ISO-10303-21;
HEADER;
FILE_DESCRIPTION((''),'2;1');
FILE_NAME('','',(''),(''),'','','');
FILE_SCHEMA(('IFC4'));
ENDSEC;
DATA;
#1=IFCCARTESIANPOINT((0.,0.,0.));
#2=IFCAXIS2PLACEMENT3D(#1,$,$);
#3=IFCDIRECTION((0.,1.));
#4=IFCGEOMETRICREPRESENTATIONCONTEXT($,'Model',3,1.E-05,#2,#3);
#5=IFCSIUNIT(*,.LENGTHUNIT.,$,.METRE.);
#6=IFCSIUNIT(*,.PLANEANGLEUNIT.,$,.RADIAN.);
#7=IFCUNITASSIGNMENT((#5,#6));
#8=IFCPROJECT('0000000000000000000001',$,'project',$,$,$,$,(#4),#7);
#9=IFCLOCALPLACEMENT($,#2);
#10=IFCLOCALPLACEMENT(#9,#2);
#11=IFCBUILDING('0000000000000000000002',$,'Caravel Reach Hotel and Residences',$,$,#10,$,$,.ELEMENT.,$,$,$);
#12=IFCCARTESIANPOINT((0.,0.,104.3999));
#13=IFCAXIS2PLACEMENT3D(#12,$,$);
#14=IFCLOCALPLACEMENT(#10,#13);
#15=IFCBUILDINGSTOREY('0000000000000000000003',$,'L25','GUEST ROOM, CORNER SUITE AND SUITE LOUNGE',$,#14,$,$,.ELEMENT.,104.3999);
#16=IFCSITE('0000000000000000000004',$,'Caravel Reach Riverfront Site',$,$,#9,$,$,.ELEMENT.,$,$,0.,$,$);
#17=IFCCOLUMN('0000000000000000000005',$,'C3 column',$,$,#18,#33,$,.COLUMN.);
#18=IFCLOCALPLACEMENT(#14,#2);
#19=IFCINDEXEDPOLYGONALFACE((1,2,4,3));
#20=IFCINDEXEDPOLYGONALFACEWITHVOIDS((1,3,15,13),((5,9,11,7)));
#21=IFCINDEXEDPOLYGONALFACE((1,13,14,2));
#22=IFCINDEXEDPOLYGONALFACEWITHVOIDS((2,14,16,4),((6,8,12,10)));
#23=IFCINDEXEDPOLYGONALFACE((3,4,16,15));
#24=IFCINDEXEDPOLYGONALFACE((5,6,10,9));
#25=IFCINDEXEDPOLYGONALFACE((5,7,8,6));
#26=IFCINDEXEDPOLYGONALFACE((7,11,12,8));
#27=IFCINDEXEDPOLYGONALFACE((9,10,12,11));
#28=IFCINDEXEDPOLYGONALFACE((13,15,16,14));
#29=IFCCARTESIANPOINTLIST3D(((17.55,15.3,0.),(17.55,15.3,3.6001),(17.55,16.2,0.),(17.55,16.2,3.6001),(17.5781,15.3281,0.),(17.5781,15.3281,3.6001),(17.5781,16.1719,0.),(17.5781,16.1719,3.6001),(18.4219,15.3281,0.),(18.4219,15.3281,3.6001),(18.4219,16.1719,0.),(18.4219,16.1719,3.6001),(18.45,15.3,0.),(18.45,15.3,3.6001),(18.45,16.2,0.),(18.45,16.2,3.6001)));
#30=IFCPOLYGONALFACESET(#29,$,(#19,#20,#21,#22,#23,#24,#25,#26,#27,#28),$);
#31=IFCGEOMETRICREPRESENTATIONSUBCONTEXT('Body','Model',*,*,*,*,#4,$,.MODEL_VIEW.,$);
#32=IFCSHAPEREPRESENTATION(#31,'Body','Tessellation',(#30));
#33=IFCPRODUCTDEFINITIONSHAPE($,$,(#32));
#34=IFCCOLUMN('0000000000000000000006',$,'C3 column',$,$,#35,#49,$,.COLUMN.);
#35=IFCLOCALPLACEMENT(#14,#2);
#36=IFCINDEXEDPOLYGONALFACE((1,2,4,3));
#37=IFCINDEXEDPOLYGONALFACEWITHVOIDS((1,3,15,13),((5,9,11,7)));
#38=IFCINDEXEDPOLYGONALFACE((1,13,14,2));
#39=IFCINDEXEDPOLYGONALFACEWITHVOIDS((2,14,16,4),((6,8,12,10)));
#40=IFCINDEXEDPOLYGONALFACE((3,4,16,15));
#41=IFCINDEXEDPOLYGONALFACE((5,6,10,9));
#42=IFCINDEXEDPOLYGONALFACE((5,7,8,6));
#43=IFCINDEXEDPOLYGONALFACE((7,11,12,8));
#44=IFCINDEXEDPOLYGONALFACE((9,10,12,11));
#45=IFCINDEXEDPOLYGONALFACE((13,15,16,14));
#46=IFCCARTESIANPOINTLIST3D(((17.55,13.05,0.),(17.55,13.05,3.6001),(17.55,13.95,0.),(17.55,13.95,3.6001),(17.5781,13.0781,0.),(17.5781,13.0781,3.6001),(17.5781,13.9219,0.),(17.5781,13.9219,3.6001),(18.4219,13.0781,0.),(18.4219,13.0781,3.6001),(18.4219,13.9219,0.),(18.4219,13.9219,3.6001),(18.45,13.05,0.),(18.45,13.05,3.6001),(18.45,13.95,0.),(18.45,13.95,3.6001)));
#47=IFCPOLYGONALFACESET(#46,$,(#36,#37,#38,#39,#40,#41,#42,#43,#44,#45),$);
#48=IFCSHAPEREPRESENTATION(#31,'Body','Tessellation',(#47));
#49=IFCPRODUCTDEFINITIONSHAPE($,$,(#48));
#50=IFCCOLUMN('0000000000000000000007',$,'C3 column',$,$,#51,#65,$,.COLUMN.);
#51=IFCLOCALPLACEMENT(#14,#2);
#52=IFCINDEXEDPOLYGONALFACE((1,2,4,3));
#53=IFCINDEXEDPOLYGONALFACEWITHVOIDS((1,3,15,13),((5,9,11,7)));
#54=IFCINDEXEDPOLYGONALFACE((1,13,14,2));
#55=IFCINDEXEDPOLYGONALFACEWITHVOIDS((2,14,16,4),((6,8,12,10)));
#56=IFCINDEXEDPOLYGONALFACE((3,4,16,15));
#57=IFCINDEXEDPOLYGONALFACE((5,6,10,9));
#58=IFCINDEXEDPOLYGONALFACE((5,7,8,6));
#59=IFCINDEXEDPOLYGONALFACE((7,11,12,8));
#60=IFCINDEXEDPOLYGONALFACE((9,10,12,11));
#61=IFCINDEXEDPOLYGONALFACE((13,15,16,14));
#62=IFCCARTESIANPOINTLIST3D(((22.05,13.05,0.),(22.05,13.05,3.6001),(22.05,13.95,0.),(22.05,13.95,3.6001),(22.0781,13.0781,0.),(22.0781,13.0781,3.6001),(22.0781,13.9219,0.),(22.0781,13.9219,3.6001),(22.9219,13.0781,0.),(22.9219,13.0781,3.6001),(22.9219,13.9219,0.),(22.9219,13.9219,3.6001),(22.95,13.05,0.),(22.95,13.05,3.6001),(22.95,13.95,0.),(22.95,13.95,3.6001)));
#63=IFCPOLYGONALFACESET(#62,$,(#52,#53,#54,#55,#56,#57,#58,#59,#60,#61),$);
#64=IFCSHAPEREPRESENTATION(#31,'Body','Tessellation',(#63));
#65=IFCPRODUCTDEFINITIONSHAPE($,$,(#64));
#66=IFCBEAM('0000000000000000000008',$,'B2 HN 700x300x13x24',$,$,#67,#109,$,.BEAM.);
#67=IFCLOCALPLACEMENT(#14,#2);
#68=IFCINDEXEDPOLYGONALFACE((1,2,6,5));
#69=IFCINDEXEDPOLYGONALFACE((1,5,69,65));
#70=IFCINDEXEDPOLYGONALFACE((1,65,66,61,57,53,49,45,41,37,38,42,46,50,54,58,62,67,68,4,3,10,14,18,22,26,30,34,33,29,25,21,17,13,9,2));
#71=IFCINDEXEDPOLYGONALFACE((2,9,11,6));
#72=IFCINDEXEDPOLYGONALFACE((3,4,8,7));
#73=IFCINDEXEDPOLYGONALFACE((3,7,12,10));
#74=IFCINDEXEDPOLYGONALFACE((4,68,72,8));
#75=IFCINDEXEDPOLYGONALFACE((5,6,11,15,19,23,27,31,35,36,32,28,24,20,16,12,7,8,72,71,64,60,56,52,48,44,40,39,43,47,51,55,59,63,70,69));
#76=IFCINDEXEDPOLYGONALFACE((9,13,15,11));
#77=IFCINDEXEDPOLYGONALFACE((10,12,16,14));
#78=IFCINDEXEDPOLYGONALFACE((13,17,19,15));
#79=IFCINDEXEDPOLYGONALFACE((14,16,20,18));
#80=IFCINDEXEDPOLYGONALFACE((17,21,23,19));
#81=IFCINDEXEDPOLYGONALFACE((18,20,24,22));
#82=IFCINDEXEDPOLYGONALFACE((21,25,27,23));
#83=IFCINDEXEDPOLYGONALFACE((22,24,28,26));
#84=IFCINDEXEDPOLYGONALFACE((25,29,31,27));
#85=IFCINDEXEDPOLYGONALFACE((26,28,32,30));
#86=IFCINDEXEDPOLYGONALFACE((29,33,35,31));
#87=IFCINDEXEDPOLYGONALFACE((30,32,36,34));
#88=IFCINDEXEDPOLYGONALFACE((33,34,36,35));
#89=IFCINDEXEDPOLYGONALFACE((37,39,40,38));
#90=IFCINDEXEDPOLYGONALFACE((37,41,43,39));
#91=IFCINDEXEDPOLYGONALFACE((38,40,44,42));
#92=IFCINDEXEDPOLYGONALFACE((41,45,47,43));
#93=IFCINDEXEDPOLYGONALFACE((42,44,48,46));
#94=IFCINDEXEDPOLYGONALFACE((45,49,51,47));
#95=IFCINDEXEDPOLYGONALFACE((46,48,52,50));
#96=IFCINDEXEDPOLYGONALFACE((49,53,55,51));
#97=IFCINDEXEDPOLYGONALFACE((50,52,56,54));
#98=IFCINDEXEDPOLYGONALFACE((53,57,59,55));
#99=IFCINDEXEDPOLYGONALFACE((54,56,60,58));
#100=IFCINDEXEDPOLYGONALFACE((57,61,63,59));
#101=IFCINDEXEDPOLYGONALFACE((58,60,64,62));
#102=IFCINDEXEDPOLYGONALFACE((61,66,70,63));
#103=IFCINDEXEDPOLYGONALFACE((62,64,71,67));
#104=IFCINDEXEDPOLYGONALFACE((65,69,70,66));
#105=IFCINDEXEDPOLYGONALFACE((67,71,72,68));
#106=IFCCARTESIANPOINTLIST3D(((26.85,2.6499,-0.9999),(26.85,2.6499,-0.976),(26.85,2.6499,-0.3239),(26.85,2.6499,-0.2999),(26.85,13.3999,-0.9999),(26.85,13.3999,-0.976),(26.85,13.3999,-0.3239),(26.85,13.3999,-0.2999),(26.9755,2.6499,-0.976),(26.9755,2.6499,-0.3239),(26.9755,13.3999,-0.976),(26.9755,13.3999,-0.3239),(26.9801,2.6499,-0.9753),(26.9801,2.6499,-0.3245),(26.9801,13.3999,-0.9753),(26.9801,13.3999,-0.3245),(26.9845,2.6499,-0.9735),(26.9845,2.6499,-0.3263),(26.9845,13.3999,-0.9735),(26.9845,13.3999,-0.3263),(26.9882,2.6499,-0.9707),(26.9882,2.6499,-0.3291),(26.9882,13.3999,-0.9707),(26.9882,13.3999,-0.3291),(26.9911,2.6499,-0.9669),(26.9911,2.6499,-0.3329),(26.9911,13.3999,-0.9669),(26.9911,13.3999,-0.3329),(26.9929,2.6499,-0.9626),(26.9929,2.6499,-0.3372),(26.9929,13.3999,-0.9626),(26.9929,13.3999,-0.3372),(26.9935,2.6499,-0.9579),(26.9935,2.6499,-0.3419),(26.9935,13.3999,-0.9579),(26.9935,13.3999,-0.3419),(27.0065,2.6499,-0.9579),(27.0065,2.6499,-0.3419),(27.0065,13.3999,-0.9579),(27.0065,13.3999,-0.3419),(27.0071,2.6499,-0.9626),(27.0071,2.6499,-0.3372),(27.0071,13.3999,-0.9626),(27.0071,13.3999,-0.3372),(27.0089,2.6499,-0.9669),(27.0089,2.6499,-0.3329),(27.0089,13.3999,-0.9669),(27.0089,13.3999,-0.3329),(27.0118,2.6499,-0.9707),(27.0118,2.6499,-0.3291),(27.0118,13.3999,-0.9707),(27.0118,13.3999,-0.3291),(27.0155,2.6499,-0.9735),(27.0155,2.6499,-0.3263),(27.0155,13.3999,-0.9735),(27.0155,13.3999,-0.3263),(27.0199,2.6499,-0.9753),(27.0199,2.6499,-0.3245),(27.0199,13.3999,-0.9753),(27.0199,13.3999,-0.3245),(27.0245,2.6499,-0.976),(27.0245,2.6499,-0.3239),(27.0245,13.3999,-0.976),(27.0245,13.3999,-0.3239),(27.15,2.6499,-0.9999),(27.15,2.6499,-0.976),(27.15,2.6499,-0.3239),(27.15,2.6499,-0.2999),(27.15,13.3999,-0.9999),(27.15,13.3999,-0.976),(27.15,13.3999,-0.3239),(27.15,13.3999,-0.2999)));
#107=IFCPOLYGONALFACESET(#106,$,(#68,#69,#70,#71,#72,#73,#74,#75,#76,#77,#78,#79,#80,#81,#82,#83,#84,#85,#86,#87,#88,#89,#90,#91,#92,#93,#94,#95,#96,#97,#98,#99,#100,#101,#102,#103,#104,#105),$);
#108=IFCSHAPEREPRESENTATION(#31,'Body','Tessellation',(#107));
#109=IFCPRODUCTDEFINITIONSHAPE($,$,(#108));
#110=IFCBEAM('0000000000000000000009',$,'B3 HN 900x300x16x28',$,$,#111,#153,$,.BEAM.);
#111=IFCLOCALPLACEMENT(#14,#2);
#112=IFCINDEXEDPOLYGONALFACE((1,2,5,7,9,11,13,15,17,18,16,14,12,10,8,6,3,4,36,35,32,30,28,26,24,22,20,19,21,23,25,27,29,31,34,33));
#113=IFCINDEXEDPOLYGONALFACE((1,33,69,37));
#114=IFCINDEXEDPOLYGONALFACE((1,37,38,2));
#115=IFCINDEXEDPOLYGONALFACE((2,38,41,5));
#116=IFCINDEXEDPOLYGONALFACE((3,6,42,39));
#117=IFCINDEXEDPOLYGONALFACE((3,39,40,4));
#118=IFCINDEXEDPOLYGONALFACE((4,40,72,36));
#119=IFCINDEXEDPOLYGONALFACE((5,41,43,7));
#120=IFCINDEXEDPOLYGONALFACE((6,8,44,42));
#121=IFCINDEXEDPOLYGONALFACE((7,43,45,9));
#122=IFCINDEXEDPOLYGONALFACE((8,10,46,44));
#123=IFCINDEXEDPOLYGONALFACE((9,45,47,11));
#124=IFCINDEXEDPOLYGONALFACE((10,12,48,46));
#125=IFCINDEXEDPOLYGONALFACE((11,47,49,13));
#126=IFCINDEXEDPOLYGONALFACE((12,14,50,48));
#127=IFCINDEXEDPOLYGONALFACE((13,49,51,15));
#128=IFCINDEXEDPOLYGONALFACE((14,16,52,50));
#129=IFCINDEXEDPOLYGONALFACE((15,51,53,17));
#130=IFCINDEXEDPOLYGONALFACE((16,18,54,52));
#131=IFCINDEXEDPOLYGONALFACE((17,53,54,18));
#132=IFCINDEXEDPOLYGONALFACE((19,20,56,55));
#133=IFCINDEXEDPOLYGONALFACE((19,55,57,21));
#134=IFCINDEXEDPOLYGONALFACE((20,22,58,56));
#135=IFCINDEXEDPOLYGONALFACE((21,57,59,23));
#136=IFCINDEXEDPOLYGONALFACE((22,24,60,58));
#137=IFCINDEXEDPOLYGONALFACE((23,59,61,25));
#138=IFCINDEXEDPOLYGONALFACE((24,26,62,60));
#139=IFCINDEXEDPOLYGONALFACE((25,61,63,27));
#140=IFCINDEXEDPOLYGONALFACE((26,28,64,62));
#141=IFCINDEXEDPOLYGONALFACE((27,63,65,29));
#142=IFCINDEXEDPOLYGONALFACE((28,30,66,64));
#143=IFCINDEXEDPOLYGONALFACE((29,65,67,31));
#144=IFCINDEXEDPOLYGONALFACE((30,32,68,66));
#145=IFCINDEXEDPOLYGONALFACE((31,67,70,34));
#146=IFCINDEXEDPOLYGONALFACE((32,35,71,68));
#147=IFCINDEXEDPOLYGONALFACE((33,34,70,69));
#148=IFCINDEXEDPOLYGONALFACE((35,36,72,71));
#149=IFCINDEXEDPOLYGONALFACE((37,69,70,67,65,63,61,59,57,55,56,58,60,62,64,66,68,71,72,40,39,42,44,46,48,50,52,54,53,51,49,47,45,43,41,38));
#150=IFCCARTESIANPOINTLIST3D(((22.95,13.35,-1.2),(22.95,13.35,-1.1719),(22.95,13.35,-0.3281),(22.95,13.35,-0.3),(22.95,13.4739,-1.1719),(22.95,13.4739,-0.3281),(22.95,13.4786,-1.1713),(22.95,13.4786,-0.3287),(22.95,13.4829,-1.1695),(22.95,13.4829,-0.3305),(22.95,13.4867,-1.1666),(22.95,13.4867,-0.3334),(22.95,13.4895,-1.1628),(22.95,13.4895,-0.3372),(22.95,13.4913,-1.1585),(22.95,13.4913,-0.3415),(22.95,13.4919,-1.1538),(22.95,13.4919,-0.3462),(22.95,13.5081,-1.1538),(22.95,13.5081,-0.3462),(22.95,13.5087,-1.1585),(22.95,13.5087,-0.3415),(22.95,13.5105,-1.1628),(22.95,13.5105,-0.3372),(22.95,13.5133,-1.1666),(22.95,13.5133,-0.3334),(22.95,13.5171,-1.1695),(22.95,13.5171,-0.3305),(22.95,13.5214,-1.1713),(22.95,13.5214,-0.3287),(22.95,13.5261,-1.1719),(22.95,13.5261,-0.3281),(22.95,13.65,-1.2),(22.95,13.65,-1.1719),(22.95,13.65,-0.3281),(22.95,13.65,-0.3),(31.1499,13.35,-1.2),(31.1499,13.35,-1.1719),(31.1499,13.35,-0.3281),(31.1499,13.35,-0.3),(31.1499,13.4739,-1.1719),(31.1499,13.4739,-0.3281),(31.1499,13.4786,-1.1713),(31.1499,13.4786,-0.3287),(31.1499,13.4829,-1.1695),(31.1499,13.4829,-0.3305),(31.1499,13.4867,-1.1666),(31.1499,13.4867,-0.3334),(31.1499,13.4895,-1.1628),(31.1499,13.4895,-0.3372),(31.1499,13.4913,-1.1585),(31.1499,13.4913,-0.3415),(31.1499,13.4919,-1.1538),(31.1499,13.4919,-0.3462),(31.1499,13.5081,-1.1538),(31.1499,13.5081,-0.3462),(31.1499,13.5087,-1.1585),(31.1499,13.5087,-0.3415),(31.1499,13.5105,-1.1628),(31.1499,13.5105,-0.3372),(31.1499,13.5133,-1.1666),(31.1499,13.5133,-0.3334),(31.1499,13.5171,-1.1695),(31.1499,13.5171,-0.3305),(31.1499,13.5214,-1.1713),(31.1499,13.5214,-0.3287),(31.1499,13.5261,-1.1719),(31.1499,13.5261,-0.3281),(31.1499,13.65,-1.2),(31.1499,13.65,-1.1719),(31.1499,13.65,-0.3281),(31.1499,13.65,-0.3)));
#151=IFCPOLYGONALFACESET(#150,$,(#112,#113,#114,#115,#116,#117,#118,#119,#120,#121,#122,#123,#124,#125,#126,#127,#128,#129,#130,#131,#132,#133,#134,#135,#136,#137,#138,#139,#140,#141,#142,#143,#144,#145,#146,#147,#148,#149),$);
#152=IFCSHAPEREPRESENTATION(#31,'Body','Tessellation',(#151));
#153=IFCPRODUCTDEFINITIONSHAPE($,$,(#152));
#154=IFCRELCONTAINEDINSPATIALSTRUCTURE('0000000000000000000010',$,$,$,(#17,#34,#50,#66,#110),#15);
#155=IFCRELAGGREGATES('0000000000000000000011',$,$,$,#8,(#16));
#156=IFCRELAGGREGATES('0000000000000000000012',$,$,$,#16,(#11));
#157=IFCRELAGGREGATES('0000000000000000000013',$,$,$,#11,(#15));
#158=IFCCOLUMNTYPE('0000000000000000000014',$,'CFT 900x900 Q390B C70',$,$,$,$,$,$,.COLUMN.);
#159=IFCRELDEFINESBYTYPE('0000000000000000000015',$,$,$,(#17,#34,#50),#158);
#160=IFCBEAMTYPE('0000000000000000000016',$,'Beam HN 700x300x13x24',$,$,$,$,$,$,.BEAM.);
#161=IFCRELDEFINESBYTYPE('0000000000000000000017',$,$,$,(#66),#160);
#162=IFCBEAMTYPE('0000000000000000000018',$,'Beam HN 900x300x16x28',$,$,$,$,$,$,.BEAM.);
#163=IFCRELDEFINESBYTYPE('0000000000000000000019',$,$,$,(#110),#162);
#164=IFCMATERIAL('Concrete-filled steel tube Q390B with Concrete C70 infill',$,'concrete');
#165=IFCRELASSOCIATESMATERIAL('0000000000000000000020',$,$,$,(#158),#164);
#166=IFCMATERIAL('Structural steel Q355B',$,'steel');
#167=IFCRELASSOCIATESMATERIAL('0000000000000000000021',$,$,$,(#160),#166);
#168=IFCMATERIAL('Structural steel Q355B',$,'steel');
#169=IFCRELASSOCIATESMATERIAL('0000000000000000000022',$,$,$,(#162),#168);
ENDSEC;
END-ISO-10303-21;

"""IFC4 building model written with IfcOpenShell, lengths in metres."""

from ifc_helpers import new_model, si_unit, direction, frame, origin, origin_2d, place, context, subcontext, project, spatial, hollow_rectangle, i_section, extrude, material, material_profile, profile_set, type_object, element, save


model = new_model("IFC4")

# Units and contexts
model_context = context("Model", 3, precision=1e-05, world=origin(), true_north=direction((0.0, 1.0)))
body_context = subcontext(model_context, "Body", "Model", "MODEL_VIEW")
ifc_project = project(units=[si_unit("LENGTHUNIT", "METRE"), si_unit("PLANEANGLEUNIT", "RADIAN")], contexts=[model_context])

# Site, building, storey
site_placement = place(None, origin())
site = spatial("IfcSite", under=ifc_project, at=site_placement, Name="Caravel Reach Riverfront Site", CompositionType="ELEMENT", RefElevation=0.0)
building_placement = place(site_placement, origin())
building = spatial("IfcBuilding", under=site, at=building_placement, Name="Caravel Reach Hotel and Residences", CompositionType="ELEMENT")
storey_placement = place(building_placement, frame((0.0, 0.0, 104.3999)))
storey = spatial("IfcBuildingStorey", under=building, at=storey_placement, Name="L25", Description="GUEST ROOM, CORNER SUITE AND SUITE LOUNGE", CompositionType="ELEMENT", Elevation=104.3999)

# Columns
ifc_material_1 = material(Name="Concrete-filled steel tube Q390B with Concrete C70 infill", Category="concrete")
ifc_material_profile_1 = material_profile(ifc_material_1, hollow_rectangle(XDim=0.8999, YDim=0.8999, WallThickness=0.0281, at=origin_2d()), Name="RHS 900x900x28")
ifc_profile_set_1 = profile_set([ifc_material_profile_1], Name="Concrete-filled steel tube Q390B with Concrete C70 infill")
column_type = type_object("IfcColumnType", Name="CFT 900x900 Q390B C70", PredefinedType="COLUMN", material=ifc_profile_set_1)
for number, where, z_axis, x_axis, name in (
    (1, (18.0, 15.75, 0.0), (0.0, 0.0, 1.0), (1.0, 0.0, 0.0), "C3 column"),
    (2, (18.0, 13.5, 0.0), (0.0, 0.0, 1.0), (1.0, 0.0, 0.0), "C3 column"),
    (3, (22.5, 13.5, 0.0), (0.0, 0.0, 1.0), (1.0, 0.0, 0.0), "C3 column"),
):
    element("IfcColumn", number, at=place(storey_placement, frame(where, z_axis=z_axis, x_axis=x_axis)), inside=storey, type_object=column_type, Name=name, PredefinedType="COLUMN", context=body_context, shape_type="SweptSolid", body=[
        extrude(hollow_rectangle(XDim=0.8999, YDim=0.8999, WallThickness=0.0281, at=origin_2d()), origin(), (0.0, 0.0, 1.0), 3.6001),
    ])

# Beams
ifc_material_2 = material(Name="Structural steel Q355B", Category="steel")
ifc_material_profile_2 = material_profile(ifc_material_2, i_section(OverallWidth=0.3, OverallDepth=0.7, WebThickness=0.0129, FlangeThickness=0.0239, FilletRadius=0.0181, at=origin_2d()), Name="HN 700x300x13x24")
ifc_profile_set_2 = profile_set([ifc_material_profile_2], Name="Structural steel Q355B")
beam_type_1 = type_object("IfcBeamType", Name="Beam HN 700x300x13x24", PredefinedType="BEAM", material=ifc_profile_set_2)
beam_1_placement = place(storey_placement, frame((27.0, 13.3999, -0.6499), z_axis=(0.0, -1.0, 0.0), x_axis=(1.0, 0.0, 0.0)))
element("IfcBeam", 4, at=beam_1_placement, inside=storey, type_object=beam_type_1, Name="B2 HN 700x300x13x24", PredefinedType="BEAM", context=body_context, shape_type="SweptSolid", body=[
    extrude(i_section(OverallWidth=0.3, OverallDepth=0.7, WebThickness=0.0129, FlangeThickness=0.0239, FilletRadius=0.0181, at=origin_2d()), origin(), (0.0, 0.0, 1.0), 10.75),
])
ifc_material_3 = material(Name="Structural steel Q355B", Category="steel")
ifc_material_profile_3 = material_profile(ifc_material_3, i_section(OverallWidth=0.3, OverallDepth=0.8999, WebThickness=0.0161, FlangeThickness=0.0281, FilletRadius=0.0181, at=origin_2d()), Name="HN 900x300x16x28")
ifc_profile_set_3 = profile_set([ifc_material_profile_3], Name="Structural steel Q355B")
beam_type_2 = type_object("IfcBeamType", Name="Beam HN 900x300x16x28", PredefinedType="BEAM", material=ifc_profile_set_3)
beam_2_placement = place(storey_placement, frame((22.95, 13.5, -0.75), z_axis=(1.0, 0.0, 0.0), x_axis=(0.0, 1.0, 0.0)))
element("IfcBeam", 5, at=beam_2_placement, inside=storey, type_object=beam_type_2, Name="B3 HN 900x300x16x28", PredefinedType="BEAM", context=body_context, shape_type="SweptSolid", body=[
    extrude(i_section(OverallWidth=0.3, OverallDepth=0.8999, WebThickness=0.0161, FlangeThickness=0.0281, FilletRadius=0.0181, at=origin_2d()), origin(), (0.0, 0.0, 1.0), 8.2),
])

save(model, "model.ifc")
